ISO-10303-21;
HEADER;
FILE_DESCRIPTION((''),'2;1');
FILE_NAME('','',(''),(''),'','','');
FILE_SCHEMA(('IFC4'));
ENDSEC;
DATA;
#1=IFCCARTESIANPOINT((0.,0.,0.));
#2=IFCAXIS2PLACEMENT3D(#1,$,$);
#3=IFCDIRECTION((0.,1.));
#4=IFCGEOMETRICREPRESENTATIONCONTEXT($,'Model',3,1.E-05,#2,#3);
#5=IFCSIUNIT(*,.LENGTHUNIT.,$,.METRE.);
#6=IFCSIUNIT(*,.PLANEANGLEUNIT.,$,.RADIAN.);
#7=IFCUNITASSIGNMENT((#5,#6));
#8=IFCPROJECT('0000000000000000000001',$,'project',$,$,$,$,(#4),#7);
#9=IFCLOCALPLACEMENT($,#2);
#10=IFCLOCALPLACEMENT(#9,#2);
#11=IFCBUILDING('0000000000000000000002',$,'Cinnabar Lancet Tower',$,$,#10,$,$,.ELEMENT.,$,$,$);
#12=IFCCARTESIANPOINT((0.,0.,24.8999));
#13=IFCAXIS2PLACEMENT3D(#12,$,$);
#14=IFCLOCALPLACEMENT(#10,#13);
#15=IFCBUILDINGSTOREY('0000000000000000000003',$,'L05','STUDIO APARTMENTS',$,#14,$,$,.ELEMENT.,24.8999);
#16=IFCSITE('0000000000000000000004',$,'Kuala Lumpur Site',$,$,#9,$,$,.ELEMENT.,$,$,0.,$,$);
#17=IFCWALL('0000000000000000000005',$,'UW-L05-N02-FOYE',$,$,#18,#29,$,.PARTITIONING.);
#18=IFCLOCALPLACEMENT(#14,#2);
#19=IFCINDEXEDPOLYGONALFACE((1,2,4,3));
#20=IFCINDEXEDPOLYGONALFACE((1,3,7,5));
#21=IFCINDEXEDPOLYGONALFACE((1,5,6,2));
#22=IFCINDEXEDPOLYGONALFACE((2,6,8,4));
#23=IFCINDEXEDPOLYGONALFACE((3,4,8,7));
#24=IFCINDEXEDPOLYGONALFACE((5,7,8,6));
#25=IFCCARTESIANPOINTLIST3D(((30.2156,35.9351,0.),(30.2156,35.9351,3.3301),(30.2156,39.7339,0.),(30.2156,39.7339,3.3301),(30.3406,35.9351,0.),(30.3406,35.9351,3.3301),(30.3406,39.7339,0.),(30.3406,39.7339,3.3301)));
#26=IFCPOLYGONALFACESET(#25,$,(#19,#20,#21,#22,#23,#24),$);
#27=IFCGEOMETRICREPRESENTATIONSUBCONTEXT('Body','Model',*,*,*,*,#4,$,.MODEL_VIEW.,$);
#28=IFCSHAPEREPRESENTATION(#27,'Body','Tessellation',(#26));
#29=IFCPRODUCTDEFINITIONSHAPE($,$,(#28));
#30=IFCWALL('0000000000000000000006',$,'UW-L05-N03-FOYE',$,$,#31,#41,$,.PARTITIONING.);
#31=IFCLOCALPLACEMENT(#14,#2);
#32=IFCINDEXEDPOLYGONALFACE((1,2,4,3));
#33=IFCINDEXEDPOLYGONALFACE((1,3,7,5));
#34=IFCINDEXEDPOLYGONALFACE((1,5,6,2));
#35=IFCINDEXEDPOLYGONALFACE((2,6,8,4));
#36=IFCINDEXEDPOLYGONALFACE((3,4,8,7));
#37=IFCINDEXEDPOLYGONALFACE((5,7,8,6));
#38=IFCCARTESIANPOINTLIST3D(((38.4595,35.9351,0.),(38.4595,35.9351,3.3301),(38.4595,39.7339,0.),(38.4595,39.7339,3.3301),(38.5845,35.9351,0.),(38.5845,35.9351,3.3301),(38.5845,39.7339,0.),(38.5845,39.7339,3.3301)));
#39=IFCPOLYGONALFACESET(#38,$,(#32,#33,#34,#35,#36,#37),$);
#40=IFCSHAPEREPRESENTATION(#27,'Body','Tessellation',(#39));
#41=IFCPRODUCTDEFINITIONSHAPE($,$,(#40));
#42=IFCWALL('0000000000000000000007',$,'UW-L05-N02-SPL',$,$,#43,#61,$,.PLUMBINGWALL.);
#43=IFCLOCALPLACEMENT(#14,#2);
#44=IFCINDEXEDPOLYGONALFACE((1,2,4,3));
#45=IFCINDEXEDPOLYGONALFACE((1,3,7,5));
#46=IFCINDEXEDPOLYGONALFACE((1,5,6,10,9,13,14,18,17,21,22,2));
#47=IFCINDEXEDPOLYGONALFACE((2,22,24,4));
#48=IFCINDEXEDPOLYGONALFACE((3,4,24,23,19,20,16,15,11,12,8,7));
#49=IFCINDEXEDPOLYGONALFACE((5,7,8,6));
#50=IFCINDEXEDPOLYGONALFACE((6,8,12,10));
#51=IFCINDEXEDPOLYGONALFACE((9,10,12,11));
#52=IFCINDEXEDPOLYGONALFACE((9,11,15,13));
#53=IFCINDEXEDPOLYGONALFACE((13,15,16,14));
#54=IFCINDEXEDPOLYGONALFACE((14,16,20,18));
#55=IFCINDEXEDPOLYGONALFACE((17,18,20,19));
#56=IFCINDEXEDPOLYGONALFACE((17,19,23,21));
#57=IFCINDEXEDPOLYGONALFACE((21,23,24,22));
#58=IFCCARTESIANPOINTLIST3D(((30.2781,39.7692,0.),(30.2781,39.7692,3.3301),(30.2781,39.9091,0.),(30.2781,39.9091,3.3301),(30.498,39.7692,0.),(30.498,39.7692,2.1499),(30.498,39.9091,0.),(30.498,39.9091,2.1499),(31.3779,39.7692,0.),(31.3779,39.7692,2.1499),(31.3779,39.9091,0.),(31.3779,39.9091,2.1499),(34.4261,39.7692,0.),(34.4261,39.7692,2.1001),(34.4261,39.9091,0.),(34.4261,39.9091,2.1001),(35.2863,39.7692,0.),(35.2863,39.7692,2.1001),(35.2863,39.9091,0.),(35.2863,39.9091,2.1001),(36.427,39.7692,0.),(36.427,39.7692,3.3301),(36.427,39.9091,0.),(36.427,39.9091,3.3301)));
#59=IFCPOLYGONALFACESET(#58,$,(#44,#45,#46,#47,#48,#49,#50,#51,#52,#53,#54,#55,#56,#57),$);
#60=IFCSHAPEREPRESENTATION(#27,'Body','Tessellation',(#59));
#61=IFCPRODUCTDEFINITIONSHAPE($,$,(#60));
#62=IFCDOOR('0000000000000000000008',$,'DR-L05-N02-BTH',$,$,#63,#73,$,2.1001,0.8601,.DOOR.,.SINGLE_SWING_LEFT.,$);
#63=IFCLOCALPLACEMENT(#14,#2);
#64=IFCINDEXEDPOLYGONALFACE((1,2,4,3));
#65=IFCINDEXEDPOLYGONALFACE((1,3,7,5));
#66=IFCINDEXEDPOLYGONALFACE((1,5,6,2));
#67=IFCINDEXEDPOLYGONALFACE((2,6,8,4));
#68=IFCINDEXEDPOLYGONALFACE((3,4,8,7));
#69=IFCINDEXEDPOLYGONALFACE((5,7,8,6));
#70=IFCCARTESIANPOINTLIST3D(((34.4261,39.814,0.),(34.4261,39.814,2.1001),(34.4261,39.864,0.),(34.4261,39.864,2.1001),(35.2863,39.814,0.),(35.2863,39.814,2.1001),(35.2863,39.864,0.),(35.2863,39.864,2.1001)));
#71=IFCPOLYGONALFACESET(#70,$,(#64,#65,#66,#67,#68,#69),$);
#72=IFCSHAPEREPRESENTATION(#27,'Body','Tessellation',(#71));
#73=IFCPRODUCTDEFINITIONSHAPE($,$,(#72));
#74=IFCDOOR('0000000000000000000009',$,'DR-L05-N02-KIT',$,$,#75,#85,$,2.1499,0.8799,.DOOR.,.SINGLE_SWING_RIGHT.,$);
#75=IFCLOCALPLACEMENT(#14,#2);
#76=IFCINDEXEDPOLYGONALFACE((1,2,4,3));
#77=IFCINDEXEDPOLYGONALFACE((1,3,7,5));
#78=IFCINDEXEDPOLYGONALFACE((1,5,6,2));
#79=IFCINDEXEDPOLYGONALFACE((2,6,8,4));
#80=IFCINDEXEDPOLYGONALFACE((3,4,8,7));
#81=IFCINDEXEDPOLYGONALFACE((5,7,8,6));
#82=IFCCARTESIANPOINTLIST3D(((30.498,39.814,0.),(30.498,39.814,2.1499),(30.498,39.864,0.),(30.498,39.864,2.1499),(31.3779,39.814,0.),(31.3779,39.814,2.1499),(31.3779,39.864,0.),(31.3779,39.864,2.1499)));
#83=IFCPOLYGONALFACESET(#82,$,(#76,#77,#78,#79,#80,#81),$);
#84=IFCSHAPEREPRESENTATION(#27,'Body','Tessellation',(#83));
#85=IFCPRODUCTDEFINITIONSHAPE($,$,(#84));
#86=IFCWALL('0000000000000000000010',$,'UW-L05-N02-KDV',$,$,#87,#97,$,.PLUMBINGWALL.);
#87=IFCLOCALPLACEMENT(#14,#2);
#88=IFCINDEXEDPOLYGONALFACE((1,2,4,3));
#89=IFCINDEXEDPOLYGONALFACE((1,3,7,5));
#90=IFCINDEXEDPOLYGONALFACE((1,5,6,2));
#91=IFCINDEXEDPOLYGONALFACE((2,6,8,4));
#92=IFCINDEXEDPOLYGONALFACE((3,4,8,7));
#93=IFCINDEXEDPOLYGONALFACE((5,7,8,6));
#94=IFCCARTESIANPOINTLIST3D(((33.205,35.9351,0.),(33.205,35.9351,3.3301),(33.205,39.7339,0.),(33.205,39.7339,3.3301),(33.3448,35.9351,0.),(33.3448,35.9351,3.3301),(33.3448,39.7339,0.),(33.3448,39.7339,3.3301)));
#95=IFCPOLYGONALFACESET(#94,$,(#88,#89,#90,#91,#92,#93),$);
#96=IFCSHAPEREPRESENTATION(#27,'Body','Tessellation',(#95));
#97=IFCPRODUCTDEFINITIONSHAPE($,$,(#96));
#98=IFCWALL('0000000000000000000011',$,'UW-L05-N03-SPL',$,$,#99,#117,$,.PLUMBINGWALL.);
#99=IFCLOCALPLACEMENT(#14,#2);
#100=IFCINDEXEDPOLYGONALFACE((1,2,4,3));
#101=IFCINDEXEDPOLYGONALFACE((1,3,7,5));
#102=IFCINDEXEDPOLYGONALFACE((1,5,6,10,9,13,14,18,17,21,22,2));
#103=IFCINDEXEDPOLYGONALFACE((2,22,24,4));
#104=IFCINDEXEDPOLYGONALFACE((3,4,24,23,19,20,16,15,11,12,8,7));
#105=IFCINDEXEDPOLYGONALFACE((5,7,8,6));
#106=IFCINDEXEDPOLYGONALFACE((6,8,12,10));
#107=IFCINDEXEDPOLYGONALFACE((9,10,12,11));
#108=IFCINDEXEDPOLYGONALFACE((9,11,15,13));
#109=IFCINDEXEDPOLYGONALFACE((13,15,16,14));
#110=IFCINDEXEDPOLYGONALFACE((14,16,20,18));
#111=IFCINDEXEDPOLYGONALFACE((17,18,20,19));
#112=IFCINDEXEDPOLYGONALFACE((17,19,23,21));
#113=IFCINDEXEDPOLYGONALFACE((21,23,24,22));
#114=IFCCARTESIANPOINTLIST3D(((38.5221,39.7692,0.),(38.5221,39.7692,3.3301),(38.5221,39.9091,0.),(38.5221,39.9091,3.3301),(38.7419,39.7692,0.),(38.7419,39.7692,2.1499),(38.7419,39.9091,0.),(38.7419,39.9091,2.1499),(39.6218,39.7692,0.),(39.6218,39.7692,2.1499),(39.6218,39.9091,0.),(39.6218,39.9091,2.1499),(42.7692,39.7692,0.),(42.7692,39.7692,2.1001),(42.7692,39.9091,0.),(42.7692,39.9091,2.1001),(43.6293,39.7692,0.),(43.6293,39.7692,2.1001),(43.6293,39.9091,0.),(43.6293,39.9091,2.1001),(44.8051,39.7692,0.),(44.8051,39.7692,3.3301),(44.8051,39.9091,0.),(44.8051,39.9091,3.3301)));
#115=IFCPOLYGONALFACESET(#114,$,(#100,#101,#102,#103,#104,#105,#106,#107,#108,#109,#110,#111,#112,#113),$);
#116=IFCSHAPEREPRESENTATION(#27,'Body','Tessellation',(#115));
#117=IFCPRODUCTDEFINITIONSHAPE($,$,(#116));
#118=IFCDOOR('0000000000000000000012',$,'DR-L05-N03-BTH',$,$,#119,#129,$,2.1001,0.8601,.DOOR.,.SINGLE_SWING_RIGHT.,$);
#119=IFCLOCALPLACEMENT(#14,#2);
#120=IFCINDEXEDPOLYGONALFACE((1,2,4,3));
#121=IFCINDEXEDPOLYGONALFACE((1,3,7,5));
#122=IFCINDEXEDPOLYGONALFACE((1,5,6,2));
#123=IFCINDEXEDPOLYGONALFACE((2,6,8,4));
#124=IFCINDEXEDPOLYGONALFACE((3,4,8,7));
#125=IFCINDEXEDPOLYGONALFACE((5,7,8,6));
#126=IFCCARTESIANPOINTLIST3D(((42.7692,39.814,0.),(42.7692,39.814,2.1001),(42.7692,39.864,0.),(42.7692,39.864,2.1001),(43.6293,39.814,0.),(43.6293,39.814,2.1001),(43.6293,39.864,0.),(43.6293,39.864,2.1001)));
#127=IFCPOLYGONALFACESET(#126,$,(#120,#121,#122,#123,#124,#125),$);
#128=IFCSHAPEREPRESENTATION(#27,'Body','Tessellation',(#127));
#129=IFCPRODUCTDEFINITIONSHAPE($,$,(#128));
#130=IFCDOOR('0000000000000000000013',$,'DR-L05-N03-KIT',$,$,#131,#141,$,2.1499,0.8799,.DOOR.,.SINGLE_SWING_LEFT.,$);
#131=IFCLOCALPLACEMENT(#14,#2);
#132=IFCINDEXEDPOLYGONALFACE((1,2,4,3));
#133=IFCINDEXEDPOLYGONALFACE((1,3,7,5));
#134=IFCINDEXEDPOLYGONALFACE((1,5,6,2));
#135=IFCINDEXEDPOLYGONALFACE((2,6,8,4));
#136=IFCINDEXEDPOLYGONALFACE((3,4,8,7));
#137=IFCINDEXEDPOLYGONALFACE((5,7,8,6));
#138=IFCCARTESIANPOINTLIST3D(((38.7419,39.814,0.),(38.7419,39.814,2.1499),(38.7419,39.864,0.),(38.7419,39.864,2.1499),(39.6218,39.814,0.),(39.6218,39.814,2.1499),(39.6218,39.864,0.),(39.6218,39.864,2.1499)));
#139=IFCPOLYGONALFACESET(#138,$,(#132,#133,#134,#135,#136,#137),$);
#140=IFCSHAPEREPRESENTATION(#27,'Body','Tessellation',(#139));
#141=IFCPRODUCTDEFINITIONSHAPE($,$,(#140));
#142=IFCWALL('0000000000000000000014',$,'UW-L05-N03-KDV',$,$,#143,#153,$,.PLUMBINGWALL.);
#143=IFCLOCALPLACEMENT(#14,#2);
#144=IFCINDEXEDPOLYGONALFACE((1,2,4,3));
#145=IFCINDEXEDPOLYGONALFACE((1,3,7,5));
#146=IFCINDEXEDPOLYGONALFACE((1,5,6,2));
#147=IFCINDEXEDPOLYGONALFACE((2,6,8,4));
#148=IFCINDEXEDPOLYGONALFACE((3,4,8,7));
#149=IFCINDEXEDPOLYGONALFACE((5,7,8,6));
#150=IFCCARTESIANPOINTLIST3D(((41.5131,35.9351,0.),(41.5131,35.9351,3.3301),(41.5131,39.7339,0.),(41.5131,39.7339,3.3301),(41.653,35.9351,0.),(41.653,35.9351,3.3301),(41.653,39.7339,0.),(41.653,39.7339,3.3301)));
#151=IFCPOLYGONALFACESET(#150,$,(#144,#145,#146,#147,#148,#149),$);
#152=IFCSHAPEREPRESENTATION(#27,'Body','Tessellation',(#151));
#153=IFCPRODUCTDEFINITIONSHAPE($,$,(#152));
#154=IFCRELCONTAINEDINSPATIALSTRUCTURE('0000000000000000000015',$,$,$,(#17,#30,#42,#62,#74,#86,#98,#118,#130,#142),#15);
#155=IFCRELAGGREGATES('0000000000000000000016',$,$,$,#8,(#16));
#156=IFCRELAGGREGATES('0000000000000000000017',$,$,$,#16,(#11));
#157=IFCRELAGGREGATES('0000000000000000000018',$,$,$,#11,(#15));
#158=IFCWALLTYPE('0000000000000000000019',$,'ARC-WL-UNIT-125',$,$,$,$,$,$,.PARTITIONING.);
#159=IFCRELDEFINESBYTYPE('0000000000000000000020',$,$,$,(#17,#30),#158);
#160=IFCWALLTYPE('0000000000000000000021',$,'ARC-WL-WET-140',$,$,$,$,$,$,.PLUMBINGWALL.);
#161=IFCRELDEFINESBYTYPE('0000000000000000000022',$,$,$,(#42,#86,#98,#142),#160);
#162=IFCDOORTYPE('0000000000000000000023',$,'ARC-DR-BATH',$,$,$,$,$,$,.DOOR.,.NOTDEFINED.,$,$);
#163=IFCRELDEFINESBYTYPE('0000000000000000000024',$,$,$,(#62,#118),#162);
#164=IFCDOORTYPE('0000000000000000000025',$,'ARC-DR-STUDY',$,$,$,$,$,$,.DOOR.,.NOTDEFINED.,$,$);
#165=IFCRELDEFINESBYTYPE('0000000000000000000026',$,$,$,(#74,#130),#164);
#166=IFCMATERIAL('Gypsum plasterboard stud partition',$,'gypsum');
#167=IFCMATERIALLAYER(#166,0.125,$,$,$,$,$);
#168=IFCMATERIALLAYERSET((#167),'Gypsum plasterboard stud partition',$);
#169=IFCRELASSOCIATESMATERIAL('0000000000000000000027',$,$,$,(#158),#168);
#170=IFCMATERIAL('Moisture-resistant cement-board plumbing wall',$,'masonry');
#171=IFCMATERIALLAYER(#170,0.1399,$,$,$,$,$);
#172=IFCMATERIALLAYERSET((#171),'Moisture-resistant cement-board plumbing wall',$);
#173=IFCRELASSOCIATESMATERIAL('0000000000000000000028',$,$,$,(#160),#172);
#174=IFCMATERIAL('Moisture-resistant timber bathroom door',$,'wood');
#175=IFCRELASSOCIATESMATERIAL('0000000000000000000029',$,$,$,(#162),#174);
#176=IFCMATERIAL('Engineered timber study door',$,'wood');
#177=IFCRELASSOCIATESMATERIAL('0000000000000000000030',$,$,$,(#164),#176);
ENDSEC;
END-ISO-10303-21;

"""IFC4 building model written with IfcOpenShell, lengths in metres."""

from ifc_helpers import new_model, si_unit, direction, frame, frame_2d, origin, place, context, subcontext, project, spatial, rectangle, extrude, material, layer, layer_set, type_object, element, fill, save


model = new_model("IFC4")

# Units and contexts
model_context = context("Model", 3, precision=1e-05, world=origin(), true_north=direction((0.0, 1.0)))
body_context = subcontext(model_context, "Body", "Model", "MODEL_VIEW")
ifc_project = project(units=[si_unit("LENGTHUNIT", "METRE"), si_unit("PLANEANGLEUNIT", "RADIAN")], contexts=[model_context])

# Site, building, storey
site_placement = place(None, origin())
site = spatial("IfcSite", under=ifc_project, at=site_placement, Name="Kuala Lumpur Site", CompositionType="ELEMENT", RefElevation=0.0)
building_placement = place(site_placement, origin())
building = spatial("IfcBuilding", under=site, at=building_placement, Name="Cinnabar Lancet Tower", CompositionType="ELEMENT")
storey_placement = place(building_placement, frame((0.0, 0.0, 24.8999)))
storey = spatial("IfcBuildingStorey", under=building, at=storey_placement, Name="L05", Description="STUDIO APARTMENTS", CompositionType="ELEMENT", Elevation=24.8999)

# Walls
ifc_material_1 = material(Name="Gypsum plasterboard stud partition", Category="gypsum")
ifc_layer_1 = layer(ifc_material_1, 0.125)
ifc_layer_set_1 = layer_set([ifc_layer_1], Name="Gypsum plasterboard stud partition")
wall_type_1 = type_object("IfcWallType", Name="ARC-WL-UNIT-125", PredefinedType="PARTITIONING", material=ifc_layer_set_1)
for number, where, z_axis, x_axis, name in (
    (1, (30.2781, 35.9351, 0.0), (0.0, 0.0, 1.0), (0.0, 1.0, 0.0), "UW-L05-N02-FOYE"),
    (2, (38.522, 35.9351, 0.0), (0.0, 0.0, 1.0), (0.0, 1.0, 0.0), "UW-L05-N03-FOYE"),
):
    element("IfcWall", number, at=place(storey_placement, frame(where, z_axis=z_axis, x_axis=x_axis)), inside=storey, type_object=wall_type_1, Name=name, PredefinedType="PARTITIONING", context=body_context, shape_type="SweptSolid", body=[
        extrude(rectangle(XDim=3.7988, YDim=0.125, at=frame_2d((1.8994, 0.0))), origin(), (0.0, 0.0, 1.0), 3.3301),
    ])

# Wall, openings, doors
ifc_material_2 = material(Name="Moisture-resistant cement-board plumbing wall", Category="masonry")
ifc_layer_2 = layer(ifc_material_2, 0.1399)
ifc_layer_set_2 = layer_set([ifc_layer_2], Name="Moisture-resistant cement-board plumbing wall")
wall_type_2 = type_object("IfcWallType", Name="ARC-WL-WET-140", PredefinedType="PLUMBINGWALL", material=ifc_layer_set_2)
wall_1_placement = place(storey_placement, frame((30.2781, 39.8391, 0.0), z_axis=(0.0, 0.0, 1.0), x_axis=(1.0, 0.0, 0.0)))
wall_1 = element("IfcWall", 3, at=wall_1_placement, inside=storey, type_object=wall_type_2, Name="UW-L05-N02-SPL", PredefinedType="PLUMBINGWALL", context=body_context, shape_type="SweptSolid", body=[
    extrude(rectangle(XDim=6.1489, YDim=0.1399, at=frame_2d((3.0745, 0.0))), origin(), (0.0, 0.0, 1.0), 3.3301),
])
opening_1_placement = place(wall_1_placement, frame((4.1479, 0.0, 0.0)))
opening_1 = element("IfcOpeningElement", 4, at=opening_1_placement, cuts=wall_1, PredefinedType="OPENING", context=body_context, shape_type="SweptSolid", body=[
    extrude(rectangle(XDim=0.8601, YDim=2.1001, at=frame_2d((0.4302, 1.05))), frame((0.0, 0.0798, 0.0), z_axis=(0.0, -1.0, 0.0), x_axis=(1.0, 0.0, 0.0)), (0.0, 0.0, 1.0), 0.1599),
])
opening_2_placement = place(wall_1_placement, frame((0.22, 0.0, 0.0)))
opening_2 = element("IfcOpeningElement", 5, at=opening_2_placement, cuts=wall_1, PredefinedType="OPENING", context=body_context, shape_type="SweptSolid", body=[
    extrude(rectangle(XDim=0.8799, YDim=2.1499, at=frame_2d((0.4399, 1.075))), frame((0.0, 0.0798, 0.0), z_axis=(0.0, -1.0, 0.0), x_axis=(1.0, 0.0, 0.0)), (0.0, 0.0, 1.0), 0.1599),
])
ifc_material_3 = material(Name="Moisture-resistant timber bathroom door", Category="wood")
door_type_1 = type_object("IfcDoorType", Name="ARC-DR-BATH", OperationType="NOTDEFINED", PredefinedType="DOOR", material=ifc_material_3)
door_1_placement = place(opening_1_placement, origin())
door_1 = element("IfcDoor", 6, at=door_1_placement, inside=storey, type_object=door_type_1, Name="DR-L05-N02-BTH", OperationType="SINGLE_SWING_LEFT", OverallHeight=2.1001, OverallWidth=0.8601, PredefinedType="DOOR", context=body_context, shape_type="SweptSolid", body=[
    extrude(rectangle(XDim=0.8601, YDim=2.1001, at=frame_2d((0.4302, 1.05))), frame((0.0, 0.0249, 0.0), z_axis=(0.0, -1.0, 0.0), x_axis=(1.0, 0.0, 0.0)), (0.0, 0.0, 1.0), 0.05),
])
fill(opening_1, door_1)
ifc_material_4 = material(Name="Engineered timber study door", Category="wood")
door_type_2 = type_object("IfcDoorType", Name="ARC-DR-STUDY", OperationType="NOTDEFINED", PredefinedType="DOOR", material=ifc_material_4)
door_2_placement = place(opening_2_placement, origin())
door_2 = element("IfcDoor", 7, at=door_2_placement, inside=storey, type_object=door_type_2, Name="DR-L05-N02-KIT", OperationType="SINGLE_SWING_RIGHT", OverallHeight=2.1499, OverallWidth=0.8799, PredefinedType="DOOR", context=body_context, shape_type="SweptSolid", body=[
    extrude(rectangle(XDim=0.8799, YDim=2.1499, at=frame_2d((0.4399, 1.075))), frame((0.0, 0.0249, 0.0), z_axis=(0.0, -1.0, 0.0), x_axis=(1.0, 0.0, 0.0)), (0.0, 0.0, 1.0), 0.05),
])
fill(opening_2, door_2)

# Wall
wall_2_placement = place(storey_placement, frame((33.2749, 35.9351, 0.0), z_axis=(0.0, 0.0, 1.0), x_axis=(0.0, 1.0, 0.0)))
element("IfcWall", 8, at=wall_2_placement, inside=storey, type_object=wall_type_2, Name="UW-L05-N02-KDV", PredefinedType="PLUMBINGWALL", context=body_context, shape_type="SweptSolid", body=[
    extrude(rectangle(XDim=3.7988, YDim=0.1399, at=frame_2d((1.8994, 0.0))), origin(), (0.0, 0.0, 1.0), 3.3301),
])

# Wall, openings, doors
wall_3_placement = place(storey_placement, frame((38.522, 39.8391, 0.0), z_axis=(0.0, 0.0, 1.0), x_axis=(1.0, 0.0, 0.0)))
wall_3 = element("IfcWall", 9, at=wall_3_placement, inside=storey, type_object=wall_type_2, Name="UW-L05-N03-SPL", PredefinedType="PLUMBINGWALL", context=body_context, shape_type="SweptSolid", body=[
    extrude(rectangle(XDim=6.283, YDim=0.1399, at=frame_2d((3.1416, 0.0))), origin(), (0.0, 0.0, 1.0), 3.3301),
])
opening_3_placement = place(wall_3_placement, frame((4.2471, 0.0, 0.0)))
opening_3 = element("IfcOpeningElement", 10, at=opening_3_placement, cuts=wall_3, PredefinedType="OPENING", context=body_context, shape_type="SweptSolid", body=[
    extrude(rectangle(XDim=0.8601, YDim=2.1001, at=frame_2d((0.4302, 1.05))), frame((0.0, 0.0798, 0.0), z_axis=(0.0, -1.0, 0.0), x_axis=(1.0, 0.0, 0.0)), (0.0, 0.0, 1.0), 0.1599),
])
opening_4_placement = place(wall_3_placement, frame((0.22, 0.0, 0.0)))
opening_4 = element("IfcOpeningElement", 11, at=opening_4_placement, cuts=wall_3, PredefinedType="OPENING", context=body_context, shape_type="SweptSolid", body=[
    extrude(rectangle(XDim=0.8799, YDim=2.1499, at=frame_2d((0.4399, 1.075))), frame((0.0, 0.0798, 0.0), z_axis=(0.0, -1.0, 0.0), x_axis=(1.0, 0.0, 0.0)), (0.0, 0.0, 1.0), 0.1599),
])
door_3_placement = place(opening_3_placement, origin())
door_3 = element("IfcDoor", 12, at=door_3_placement, inside=storey, type_object=door_type_1, Name="DR-L05-N03-BTH", OperationType="SINGLE_SWING_RIGHT", OverallHeight=2.1001, OverallWidth=0.8601, PredefinedType="DOOR", context=body_context, shape_type="SweptSolid", body=[
    extrude(rectangle(XDim=0.8601, YDim=2.1001, at=frame_2d((0.4302, 1.05))), frame((0.0, 0.0249, 0.0), z_axis=(0.0, -1.0, 0.0), x_axis=(1.0, 0.0, 0.0)), (0.0, 0.0, 1.0), 0.05),
])
fill(opening_3, door_3)
door_4_placement = place(opening_4_placement, origin())
door_4 = element("IfcDoor", 13, at=door_4_placement, inside=storey, type_object=door_type_2, Name="DR-L05-N03-KIT", OperationType="SINGLE_SWING_LEFT", OverallHeight=2.1499, OverallWidth=0.8799, PredefinedType="DOOR", context=body_context, shape_type="SweptSolid", body=[
    extrude(rectangle(XDim=0.8799, YDim=2.1499, at=frame_2d((0.4399, 1.075))), frame((0.0, 0.0249, 0.0), z_axis=(0.0, -1.0, 0.0), x_axis=(1.0, 0.0, 0.0)), (0.0, 0.0, 1.0), 0.05),
])
fill(opening_4, door_4)

# Wall
wall_4_placement = place(storey_placement, frame((41.583, 35.9351, 0.0), z_axis=(0.0, 0.0, 1.0), x_axis=(0.0, 1.0, 0.0)))
element("IfcWall", 14, at=wall_4_placement, inside=storey, type_object=wall_type_2, Name="UW-L05-N03-KDV", PredefinedType="PLUMBINGWALL", context=body_context, shape_type="SweptSolid", body=[
    extrude(rectangle(XDim=3.7988, YDim=0.1399, at=frame_2d((1.8994, 0.0))), origin(), (0.0, 0.0, 1.0), 3.3301),
])

save(model, "model.ifc")
